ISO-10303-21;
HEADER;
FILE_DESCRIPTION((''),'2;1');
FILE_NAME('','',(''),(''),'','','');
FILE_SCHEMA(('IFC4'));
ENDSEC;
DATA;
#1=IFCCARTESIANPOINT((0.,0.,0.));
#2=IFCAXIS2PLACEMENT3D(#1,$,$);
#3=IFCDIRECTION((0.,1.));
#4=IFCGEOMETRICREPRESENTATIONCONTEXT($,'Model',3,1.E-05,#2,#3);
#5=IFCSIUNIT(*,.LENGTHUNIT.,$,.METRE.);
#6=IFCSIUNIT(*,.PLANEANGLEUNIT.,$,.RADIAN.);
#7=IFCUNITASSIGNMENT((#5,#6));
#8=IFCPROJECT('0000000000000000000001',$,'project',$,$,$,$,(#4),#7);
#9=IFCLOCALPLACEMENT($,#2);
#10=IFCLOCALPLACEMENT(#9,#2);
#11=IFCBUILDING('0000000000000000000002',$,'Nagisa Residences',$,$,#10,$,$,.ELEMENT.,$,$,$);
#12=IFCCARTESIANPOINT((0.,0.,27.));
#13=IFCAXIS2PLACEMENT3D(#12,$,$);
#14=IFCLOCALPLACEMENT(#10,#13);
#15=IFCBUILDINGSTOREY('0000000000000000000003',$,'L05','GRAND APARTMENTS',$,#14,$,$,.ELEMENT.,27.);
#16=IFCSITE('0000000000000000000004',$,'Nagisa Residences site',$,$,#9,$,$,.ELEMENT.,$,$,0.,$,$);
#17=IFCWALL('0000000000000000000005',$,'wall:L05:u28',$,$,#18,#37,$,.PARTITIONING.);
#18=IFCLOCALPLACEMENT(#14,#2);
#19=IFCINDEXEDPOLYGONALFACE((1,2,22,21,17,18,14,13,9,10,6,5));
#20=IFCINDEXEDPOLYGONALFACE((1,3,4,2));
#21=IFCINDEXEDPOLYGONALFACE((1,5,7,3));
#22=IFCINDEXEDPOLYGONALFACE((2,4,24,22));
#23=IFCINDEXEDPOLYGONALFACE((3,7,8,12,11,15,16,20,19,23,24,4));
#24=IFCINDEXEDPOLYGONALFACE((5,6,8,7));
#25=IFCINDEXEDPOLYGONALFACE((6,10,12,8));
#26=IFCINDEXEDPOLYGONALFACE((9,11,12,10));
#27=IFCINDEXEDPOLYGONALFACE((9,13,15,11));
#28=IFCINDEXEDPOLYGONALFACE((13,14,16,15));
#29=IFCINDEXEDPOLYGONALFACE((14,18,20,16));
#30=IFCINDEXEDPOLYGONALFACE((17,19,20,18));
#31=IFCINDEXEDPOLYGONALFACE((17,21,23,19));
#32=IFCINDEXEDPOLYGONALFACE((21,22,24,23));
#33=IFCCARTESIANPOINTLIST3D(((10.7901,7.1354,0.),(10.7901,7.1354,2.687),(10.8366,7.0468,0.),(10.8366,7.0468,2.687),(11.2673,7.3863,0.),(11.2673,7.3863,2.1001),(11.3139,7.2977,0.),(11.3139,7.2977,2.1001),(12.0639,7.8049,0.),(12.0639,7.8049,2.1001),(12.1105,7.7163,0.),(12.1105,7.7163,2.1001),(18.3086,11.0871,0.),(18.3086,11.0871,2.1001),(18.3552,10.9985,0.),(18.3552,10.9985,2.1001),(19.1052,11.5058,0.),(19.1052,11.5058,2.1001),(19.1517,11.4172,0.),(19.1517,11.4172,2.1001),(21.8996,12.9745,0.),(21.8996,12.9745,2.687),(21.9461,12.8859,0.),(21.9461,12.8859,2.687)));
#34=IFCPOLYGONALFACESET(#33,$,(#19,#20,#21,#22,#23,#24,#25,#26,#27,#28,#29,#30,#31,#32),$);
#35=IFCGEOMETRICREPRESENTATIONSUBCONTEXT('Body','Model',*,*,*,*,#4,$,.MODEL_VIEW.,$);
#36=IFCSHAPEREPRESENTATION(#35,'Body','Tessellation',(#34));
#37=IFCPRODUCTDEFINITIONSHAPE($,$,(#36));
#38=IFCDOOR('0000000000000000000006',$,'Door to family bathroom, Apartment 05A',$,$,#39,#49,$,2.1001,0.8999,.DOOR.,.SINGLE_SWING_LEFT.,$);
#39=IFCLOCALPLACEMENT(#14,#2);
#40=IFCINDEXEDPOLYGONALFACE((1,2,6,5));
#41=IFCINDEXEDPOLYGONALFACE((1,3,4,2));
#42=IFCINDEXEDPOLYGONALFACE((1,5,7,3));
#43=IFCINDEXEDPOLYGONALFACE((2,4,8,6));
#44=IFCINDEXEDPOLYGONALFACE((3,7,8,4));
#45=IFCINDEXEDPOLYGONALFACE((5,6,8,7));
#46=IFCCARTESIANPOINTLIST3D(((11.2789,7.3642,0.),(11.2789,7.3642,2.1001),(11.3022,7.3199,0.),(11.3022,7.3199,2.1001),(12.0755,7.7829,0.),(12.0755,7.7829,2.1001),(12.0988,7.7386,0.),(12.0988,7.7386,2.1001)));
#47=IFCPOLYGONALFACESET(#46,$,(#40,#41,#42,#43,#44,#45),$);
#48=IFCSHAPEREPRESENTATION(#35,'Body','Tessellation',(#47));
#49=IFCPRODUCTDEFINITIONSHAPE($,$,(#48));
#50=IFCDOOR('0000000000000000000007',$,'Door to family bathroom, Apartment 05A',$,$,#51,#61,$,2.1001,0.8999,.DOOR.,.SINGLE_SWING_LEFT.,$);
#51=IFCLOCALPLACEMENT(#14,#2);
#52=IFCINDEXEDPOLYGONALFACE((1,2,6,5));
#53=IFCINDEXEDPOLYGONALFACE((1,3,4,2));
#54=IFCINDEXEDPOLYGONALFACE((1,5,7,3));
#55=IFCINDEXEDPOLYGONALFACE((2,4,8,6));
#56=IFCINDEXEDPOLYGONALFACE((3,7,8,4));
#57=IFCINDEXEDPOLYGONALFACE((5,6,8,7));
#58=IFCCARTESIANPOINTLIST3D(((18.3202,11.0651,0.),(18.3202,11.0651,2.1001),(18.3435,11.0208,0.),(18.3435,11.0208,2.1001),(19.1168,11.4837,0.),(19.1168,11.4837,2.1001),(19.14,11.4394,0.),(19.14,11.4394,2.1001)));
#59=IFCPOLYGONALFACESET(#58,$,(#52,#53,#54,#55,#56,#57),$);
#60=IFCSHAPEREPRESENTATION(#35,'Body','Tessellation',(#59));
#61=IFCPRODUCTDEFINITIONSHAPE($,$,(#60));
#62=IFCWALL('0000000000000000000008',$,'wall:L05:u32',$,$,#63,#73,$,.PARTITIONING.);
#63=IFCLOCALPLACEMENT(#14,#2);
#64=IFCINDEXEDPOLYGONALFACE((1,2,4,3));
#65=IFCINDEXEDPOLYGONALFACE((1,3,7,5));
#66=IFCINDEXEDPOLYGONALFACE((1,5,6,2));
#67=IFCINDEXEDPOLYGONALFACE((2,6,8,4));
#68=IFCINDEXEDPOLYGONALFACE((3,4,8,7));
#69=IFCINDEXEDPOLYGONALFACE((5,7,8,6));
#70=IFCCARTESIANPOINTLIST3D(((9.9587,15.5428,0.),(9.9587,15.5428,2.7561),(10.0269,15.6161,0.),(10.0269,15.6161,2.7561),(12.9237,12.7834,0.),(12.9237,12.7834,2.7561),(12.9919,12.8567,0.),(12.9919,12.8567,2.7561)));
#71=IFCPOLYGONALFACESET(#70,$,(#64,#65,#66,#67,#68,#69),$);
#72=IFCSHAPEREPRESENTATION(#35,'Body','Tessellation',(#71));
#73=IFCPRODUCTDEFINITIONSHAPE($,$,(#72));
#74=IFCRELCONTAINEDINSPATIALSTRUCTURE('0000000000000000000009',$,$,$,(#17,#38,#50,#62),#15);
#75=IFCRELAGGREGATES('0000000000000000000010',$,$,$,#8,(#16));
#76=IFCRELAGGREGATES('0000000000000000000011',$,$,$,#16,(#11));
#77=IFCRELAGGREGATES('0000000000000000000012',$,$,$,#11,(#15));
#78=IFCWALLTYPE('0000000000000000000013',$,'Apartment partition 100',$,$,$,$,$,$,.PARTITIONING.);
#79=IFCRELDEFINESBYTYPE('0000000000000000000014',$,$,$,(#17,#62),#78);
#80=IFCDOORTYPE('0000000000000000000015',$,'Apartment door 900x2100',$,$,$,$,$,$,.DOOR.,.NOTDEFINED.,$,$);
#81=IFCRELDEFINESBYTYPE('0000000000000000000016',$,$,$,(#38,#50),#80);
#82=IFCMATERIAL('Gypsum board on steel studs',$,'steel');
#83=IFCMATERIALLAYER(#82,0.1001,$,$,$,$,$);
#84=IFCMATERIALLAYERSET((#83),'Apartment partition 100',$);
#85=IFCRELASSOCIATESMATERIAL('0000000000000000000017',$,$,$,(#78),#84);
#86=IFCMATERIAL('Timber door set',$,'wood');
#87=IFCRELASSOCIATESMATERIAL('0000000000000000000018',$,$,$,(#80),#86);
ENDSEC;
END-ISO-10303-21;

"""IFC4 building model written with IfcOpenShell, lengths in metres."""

from ifc_helpers import new_model, si_unit, direction, frame, frame_2d, origin, place, context, subcontext, project, spatial, rectangle, extrude, material, layer, layer_set, type_object, element, fill, save


model = new_model("IFC4")

# Units and contexts
model_context = context("Model", 3, precision=1e-05, world=origin(), true_north=direction((0.0, 1.0)))
body_context = subcontext(model_context, "Body", "Model", "MODEL_VIEW")
ifc_project = project(units=[si_unit("LENGTHUNIT", "METRE"), si_unit("PLANEANGLEUNIT", "RADIAN")], contexts=[model_context])

# Site, building, storey
site_placement = place(None, origin())
site = spatial("IfcSite", under=ifc_project, at=site_placement, Name="Nagisa Residences site", CompositionType="ELEMENT", RefElevation=0.0)
building_placement = place(site_placement, origin())
building = spatial("IfcBuilding", under=site, at=building_placement, Name="Nagisa Residences", CompositionType="ELEMENT")
storey_placement = place(building_placement, frame((0.0, 0.0, 27.0)))
storey = spatial("IfcBuildingStorey", under=building, at=storey_placement, Name="L05", Description="GRAND APARTMENTS", CompositionType="ELEMENT", Elevation=27.0)

# Shared definitions
ifc_material_1 = material(Name="Gypsum board on steel studs", Category="steel")
ifc_layer_1 = layer(ifc_material_1, 0.1001)
ifc_layer_set_1 = layer_set([ifc_layer_1], Name="Apartment partition 100")
wall_type_1 = type_object("IfcWallType", Name="Apartment partition 100", PredefinedType="PARTITIONING", material=ifc_layer_set_1)
ifc_material_2 = material(Name="Timber door set", Category="wood")
door_type_1 = type_object("IfcDoorType", Name="Apartment door 900x2100", OperationType="NOTDEFINED", PredefinedType="DOOR", material=ifc_material_2)

# Wall, openings, doors
wall_1_placement = place(storey_placement, frame((10.8132, 7.0911, 0.0), z_axis=(0.0, 0.0, 1.0), x_axis=(0.885183, 0.465244, 0.0)))
wall_1 = element("IfcWall", 1, at=wall_1_placement, inside=storey, type_object=wall_type_1, Name="wall:L05:u28", PredefinedType="PARTITIONING", context=body_context, shape_type="SweptSolid", body=[
    extrude(rectangle(XDim=12.5505, YDim=0.1001, at=frame_2d((6.2754, 0.0))), origin(), (0.0, 0.0, 1.0), 2.687),
])
opening_1_placement = place(wall_1_placement, frame((0.5393, 0.0, 0.0)))
opening_1 = element("IfcOpeningElement", 2, at=opening_1_placement, cuts=wall_1, PredefinedType="OPENING", context=body_context, shape_type="SweptSolid", body=[
    extrude(rectangle(XDim=0.8999, YDim=2.1001, at=frame_2d((0.45, 1.05))), frame((0.0, 0.0601, 0.0), z_axis=(0.0, -1.0, 0.0), x_axis=(1.0, 0.0, 0.0)), (0.0, 0.0, 1.0), 0.1201),
])
opening_2_placement = place(wall_1_placement, frame((8.4939, 0.0, 0.0)))
opening_2 = element("IfcOpeningElement", 3, at=opening_2_placement, cuts=wall_1, PredefinedType="OPENING", context=body_context, shape_type="SweptSolid", body=[
    extrude(rectangle(XDim=0.8999, YDim=2.1001, at=frame_2d((0.45, 1.05))), frame((0.0, 0.0601, 0.0), z_axis=(0.0, -1.0, 0.0), x_axis=(1.0, 0.0, 0.0)), (0.0, 0.0, 1.0), 0.1201),
])
door_1_placement = place(opening_1_placement, frame((0.8999, 0.0, 0.0), x_axis=(-1.0, 0.0, 0.0)))
door_1 = element("IfcDoor", 4, at=door_1_placement, inside=storey, type_object=door_type_1, Name="Door to family bathroom, Apartment 05A", OperationType="SINGLE_SWING_LEFT", OverallHeight=2.1001, OverallWidth=0.8999, PredefinedType="DOOR", context=body_context, shape_type="SweptSolid", body=[
    extrude(rectangle(XDim=0.8999, YDim=2.1001, at=frame_2d((0.45, 1.05))), frame((0.0, 0.0249, 0.0), z_axis=(0.0, -1.0, 0.0), x_axis=(1.0, 0.0, 0.0)), (0.0, 0.0, 1.0), 0.05),
])
fill(opening_1, door_1)
door_2_placement = place(opening_2_placement, frame((0.8999, 0.0, 0.0), x_axis=(-1.0, 0.0, 0.0)))
door_2 = element("IfcDoor", 5, at=door_2_placement, inside=storey, type_object=door_type_1, Name="Door to family bathroom, Apartment 05A", OperationType="SINGLE_SWING_LEFT", OverallHeight=2.1001, OverallWidth=0.8999, PredefinedType="DOOR", context=body_context, shape_type="SweptSolid", body=[
    extrude(rectangle(XDim=0.8999, YDim=2.1001, at=frame_2d((0.45, 1.05))), frame((0.0, 0.0249, 0.0), z_axis=(0.0, -1.0, 0.0), x_axis=(1.0, 0.0, 0.0)), (0.0, 0.0, 1.0), 0.05),
])
fill(opening_2, door_2)

# Wall
wall_2_placement = place(storey_placement, frame((12.9578, 12.8201, 0.0), z_axis=(0.0, 0.0, 1.0), x_axis=(-0.732029, 0.681274, 0.0)))
element("IfcWall", 6, at=wall_2_placement, inside=storey, type_object=wall_type_1, Name="wall:L05:u32", PredefinedType="PARTITIONING", context=body_context, shape_type="SweptSolid", body=[
    extrude(rectangle(XDim=4.0503, YDim=0.1001, at=frame_2d((2.0251, 0.0))), origin(), (0.0, 0.0, 1.0), 2.7561),
])

save(model, "model.ifc")
